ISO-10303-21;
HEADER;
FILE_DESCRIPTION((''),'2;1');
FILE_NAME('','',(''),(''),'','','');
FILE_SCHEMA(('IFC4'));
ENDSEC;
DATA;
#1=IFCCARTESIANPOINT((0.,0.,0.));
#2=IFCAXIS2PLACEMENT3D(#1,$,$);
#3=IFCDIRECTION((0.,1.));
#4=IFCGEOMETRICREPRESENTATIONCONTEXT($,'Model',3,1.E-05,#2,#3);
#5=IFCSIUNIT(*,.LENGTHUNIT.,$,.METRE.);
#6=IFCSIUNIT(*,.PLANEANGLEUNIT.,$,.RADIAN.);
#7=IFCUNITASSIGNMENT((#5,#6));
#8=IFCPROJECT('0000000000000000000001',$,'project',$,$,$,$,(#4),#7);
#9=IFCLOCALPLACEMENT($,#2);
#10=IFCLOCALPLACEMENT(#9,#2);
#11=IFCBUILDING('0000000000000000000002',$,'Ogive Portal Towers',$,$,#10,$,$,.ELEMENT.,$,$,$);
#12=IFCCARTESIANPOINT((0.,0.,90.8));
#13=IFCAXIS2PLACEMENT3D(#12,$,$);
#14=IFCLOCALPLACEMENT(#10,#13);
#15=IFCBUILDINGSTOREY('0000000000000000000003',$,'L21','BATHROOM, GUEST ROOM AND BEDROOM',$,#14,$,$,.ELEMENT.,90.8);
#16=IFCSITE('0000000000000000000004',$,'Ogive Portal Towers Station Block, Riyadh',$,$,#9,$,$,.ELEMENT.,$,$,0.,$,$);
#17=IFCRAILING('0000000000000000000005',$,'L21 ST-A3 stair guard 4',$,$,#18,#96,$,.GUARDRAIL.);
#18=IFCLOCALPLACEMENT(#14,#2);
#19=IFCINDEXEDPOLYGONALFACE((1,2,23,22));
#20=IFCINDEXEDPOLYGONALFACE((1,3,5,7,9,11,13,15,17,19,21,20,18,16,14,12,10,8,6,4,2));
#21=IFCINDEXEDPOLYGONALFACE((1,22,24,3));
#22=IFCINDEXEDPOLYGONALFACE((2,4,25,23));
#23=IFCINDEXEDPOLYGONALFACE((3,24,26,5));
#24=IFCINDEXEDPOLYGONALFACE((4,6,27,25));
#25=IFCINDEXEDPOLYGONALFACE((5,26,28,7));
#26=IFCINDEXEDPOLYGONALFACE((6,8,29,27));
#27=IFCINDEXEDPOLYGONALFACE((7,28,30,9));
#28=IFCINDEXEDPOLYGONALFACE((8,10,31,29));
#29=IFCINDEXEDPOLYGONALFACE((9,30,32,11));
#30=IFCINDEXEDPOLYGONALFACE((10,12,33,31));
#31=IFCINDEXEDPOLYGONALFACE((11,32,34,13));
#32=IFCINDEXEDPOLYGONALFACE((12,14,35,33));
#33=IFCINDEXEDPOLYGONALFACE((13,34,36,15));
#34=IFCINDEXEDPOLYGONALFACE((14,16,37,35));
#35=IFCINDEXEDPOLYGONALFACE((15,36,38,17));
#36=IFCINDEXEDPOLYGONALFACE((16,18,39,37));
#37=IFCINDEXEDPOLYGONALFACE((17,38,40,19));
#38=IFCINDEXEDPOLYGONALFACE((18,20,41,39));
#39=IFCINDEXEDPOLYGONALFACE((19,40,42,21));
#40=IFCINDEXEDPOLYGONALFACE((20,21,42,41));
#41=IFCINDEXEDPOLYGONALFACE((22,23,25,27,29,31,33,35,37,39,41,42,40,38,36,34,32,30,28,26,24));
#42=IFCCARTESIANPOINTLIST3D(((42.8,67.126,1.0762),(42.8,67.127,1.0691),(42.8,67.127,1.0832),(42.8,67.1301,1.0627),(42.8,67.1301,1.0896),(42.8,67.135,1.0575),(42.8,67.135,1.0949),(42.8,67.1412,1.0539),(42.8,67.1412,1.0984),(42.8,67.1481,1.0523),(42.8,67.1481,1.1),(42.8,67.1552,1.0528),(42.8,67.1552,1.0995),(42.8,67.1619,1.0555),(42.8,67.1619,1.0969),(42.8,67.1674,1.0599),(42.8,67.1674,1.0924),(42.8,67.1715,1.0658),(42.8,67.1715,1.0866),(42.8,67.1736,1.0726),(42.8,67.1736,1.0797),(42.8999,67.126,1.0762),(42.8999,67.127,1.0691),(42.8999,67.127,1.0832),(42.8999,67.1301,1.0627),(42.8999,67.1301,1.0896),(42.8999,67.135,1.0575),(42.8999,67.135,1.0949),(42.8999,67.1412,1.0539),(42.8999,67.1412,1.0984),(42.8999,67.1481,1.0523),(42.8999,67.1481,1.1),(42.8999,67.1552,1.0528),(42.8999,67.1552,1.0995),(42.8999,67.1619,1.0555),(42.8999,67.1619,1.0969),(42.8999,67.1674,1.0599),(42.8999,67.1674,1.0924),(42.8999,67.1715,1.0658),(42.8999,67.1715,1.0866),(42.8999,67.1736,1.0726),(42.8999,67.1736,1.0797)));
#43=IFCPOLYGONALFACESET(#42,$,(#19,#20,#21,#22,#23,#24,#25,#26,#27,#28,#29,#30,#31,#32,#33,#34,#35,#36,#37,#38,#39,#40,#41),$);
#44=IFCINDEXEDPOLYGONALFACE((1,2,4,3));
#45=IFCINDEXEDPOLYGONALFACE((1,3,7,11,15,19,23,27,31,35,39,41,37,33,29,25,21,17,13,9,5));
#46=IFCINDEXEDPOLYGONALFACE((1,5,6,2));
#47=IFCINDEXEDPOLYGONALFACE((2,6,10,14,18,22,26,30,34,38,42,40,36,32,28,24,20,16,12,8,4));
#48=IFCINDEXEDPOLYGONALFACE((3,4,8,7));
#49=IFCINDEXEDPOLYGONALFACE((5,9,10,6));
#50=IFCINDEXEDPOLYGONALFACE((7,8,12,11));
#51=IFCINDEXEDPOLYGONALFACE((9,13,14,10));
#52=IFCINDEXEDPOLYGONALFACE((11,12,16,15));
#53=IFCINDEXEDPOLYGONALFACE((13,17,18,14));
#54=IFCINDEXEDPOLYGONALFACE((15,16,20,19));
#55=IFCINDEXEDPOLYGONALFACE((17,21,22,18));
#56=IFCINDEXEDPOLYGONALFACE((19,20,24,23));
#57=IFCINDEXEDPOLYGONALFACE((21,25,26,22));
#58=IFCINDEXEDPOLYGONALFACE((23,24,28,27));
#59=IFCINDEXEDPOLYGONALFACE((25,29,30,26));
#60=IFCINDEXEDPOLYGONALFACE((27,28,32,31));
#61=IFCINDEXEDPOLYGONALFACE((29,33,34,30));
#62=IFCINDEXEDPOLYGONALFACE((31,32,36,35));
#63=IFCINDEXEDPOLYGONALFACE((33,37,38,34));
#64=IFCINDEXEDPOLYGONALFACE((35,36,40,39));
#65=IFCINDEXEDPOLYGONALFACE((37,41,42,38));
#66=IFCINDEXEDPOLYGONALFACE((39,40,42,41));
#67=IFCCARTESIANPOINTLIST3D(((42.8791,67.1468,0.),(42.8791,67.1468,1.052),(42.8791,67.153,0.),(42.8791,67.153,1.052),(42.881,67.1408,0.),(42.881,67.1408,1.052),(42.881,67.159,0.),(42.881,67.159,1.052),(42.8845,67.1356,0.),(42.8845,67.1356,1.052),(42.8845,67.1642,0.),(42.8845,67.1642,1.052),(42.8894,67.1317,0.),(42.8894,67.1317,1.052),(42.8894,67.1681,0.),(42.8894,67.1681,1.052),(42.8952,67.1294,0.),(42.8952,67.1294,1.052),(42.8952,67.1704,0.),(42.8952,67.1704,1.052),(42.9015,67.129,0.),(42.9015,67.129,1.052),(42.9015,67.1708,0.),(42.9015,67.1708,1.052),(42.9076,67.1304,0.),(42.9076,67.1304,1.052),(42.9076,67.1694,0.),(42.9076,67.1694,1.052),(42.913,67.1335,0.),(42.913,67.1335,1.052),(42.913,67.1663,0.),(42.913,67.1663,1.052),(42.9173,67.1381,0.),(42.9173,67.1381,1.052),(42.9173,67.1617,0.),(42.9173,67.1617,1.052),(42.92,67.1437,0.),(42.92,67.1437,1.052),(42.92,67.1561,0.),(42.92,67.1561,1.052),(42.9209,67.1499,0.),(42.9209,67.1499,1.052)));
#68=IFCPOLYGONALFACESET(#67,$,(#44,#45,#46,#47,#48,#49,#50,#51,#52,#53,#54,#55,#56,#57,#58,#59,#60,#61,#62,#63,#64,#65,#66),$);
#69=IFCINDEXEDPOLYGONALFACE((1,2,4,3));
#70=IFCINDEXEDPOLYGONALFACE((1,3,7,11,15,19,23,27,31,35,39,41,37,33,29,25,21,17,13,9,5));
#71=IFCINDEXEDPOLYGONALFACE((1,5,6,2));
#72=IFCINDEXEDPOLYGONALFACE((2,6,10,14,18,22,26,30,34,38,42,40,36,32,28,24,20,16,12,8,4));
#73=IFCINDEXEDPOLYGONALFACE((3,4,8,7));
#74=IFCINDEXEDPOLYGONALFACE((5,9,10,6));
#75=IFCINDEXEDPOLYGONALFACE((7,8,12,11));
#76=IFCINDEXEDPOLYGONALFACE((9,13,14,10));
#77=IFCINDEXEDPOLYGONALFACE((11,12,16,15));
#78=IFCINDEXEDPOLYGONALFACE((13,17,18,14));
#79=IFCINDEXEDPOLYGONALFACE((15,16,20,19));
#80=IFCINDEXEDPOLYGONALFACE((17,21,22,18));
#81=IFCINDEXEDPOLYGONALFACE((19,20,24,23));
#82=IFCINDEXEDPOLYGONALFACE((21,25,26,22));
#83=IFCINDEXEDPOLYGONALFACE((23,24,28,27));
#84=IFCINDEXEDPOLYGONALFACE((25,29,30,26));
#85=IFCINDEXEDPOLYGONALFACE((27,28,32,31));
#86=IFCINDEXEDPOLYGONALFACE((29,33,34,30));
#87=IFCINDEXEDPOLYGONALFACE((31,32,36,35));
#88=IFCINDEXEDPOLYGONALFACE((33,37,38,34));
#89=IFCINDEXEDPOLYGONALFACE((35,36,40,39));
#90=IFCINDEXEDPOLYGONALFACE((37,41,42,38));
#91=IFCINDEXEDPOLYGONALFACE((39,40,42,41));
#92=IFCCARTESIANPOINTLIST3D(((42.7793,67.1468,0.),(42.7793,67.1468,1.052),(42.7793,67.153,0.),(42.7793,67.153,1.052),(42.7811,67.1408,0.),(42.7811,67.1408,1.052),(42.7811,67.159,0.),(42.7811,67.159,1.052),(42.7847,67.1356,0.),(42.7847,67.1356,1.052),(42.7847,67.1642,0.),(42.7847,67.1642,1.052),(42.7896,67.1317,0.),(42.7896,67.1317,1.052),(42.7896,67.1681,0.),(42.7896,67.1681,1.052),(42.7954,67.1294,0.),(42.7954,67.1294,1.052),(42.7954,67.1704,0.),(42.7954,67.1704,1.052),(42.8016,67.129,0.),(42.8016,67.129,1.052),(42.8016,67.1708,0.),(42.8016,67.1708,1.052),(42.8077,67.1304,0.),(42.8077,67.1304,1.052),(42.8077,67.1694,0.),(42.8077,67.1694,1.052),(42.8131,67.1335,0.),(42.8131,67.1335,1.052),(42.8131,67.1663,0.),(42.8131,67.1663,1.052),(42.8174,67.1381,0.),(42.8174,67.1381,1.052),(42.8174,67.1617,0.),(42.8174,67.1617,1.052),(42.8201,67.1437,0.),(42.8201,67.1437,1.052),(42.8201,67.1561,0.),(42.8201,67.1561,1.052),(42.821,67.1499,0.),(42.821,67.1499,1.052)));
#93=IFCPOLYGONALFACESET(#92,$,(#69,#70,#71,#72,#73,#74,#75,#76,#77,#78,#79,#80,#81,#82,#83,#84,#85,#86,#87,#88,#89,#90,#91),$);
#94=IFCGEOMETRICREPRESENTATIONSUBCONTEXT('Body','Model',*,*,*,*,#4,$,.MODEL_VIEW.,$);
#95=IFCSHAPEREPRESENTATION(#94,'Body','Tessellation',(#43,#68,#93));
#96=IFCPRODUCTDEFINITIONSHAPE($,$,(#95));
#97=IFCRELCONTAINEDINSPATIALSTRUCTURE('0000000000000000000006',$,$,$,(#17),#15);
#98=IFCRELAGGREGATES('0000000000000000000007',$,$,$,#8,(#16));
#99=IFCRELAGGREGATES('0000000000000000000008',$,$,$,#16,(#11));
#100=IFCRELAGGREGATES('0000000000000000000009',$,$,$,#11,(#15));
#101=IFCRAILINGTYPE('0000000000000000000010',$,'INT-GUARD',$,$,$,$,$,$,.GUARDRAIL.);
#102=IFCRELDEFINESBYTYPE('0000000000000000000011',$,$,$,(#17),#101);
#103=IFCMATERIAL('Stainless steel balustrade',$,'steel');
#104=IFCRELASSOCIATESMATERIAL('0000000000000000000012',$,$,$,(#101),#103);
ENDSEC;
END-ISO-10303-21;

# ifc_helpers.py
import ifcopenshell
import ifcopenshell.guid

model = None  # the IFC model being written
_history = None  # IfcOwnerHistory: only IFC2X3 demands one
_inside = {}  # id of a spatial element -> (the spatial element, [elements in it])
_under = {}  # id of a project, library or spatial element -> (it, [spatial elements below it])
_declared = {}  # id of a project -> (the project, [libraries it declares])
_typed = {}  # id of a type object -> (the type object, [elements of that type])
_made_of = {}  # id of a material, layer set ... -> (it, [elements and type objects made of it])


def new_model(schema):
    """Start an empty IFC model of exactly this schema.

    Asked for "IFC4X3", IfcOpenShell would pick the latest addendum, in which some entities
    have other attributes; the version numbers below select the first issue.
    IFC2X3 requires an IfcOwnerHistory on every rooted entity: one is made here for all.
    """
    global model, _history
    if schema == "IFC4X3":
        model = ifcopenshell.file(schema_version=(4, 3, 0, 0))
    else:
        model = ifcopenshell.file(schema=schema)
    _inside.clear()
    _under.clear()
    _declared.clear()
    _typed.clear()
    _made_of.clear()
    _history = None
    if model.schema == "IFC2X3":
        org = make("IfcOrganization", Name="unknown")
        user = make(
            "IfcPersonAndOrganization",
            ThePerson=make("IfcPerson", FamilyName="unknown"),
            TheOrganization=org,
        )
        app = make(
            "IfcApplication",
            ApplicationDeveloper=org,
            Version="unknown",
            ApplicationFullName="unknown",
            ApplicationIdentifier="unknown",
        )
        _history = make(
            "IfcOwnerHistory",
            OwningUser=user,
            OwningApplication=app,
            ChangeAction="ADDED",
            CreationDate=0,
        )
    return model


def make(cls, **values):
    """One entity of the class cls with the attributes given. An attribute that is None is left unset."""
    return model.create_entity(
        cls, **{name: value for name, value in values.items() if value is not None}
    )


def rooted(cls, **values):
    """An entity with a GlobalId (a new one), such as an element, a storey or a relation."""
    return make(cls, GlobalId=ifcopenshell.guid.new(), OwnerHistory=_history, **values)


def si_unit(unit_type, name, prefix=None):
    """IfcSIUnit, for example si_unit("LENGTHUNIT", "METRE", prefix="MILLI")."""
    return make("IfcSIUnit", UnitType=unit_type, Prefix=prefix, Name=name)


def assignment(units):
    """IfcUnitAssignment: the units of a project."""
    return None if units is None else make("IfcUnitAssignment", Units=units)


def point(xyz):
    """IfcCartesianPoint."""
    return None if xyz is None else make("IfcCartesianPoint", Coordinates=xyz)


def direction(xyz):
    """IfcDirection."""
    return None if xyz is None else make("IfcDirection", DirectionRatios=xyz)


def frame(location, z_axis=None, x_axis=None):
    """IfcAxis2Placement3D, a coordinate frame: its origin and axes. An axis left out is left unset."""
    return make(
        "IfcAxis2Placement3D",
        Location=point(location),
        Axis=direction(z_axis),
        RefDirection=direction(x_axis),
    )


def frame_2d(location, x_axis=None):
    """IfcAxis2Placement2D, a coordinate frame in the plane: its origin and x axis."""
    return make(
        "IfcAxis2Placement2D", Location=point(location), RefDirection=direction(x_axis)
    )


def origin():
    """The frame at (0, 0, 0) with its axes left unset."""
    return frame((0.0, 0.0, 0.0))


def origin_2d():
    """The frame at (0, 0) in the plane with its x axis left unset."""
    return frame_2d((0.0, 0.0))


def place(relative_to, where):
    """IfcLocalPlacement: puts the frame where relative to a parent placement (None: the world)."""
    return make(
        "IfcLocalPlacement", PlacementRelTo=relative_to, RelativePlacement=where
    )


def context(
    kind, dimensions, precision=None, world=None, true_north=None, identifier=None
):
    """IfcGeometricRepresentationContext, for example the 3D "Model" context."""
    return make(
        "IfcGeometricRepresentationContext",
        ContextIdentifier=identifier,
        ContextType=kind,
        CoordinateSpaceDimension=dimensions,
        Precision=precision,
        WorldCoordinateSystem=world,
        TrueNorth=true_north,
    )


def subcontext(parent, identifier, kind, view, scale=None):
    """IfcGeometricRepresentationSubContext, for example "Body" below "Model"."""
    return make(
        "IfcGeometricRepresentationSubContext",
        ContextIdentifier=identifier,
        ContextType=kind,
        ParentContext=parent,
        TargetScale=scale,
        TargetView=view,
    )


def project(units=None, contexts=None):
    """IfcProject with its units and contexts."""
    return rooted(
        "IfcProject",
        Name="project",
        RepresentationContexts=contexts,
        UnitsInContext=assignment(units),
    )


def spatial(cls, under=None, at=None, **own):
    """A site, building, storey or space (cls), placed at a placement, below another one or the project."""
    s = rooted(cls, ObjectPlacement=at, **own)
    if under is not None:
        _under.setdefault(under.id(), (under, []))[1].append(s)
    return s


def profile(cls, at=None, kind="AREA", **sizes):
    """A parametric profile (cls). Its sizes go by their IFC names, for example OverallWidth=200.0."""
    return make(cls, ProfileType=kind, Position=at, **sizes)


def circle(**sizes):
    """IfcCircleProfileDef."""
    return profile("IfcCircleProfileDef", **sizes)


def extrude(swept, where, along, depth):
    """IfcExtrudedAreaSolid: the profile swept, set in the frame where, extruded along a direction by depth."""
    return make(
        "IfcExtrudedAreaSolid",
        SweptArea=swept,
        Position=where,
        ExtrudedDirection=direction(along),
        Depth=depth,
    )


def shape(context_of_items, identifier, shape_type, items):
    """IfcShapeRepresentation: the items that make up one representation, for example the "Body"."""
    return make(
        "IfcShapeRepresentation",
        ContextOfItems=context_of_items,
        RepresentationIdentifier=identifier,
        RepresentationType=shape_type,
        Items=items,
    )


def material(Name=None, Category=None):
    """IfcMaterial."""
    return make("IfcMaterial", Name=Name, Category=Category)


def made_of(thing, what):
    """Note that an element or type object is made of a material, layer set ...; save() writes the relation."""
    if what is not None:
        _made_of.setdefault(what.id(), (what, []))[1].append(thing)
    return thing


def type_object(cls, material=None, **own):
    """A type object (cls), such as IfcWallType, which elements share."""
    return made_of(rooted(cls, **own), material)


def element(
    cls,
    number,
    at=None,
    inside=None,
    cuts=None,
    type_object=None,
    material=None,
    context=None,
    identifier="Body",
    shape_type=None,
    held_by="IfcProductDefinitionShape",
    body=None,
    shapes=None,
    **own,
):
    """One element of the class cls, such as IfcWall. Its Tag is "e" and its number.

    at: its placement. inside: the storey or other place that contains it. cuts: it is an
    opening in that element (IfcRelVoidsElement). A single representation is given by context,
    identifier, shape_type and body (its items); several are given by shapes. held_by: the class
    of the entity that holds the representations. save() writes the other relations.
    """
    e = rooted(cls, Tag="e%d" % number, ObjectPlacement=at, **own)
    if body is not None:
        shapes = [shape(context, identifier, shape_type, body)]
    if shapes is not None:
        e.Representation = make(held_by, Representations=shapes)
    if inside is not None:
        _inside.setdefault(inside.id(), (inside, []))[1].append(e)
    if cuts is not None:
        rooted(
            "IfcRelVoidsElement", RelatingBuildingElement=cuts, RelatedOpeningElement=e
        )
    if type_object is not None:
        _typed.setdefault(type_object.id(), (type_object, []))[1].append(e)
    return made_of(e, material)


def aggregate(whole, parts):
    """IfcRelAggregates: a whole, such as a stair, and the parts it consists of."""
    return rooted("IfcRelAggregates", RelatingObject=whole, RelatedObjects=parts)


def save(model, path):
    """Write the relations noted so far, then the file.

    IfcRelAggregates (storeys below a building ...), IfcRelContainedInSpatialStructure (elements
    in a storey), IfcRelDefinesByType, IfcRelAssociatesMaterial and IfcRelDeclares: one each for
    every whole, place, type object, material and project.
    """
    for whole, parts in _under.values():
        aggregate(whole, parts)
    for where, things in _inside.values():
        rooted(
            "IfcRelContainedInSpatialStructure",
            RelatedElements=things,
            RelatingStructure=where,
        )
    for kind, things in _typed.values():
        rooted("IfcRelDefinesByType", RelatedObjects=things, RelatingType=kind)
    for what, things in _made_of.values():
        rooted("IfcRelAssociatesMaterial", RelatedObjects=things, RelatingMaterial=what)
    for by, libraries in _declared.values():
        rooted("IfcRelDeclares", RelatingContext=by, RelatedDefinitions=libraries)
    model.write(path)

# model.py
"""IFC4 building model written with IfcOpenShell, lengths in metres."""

from ifc_helpers import new_model, si_unit, direction, frame, origin, origin_2d, place, context, subcontext, project, spatial, circle, extrude, material, type_object, element, save


model = new_model("IFC4")

# Units and contexts
model_context = context("Model", 3, precision=1e-05, world=origin(), true_north=direction((0.0, 1.0)))
body_context = subcontext(model_context, "Body", "Model", "MODEL_VIEW")
ifc_project = project(units=[si_unit("LENGTHUNIT", "METRE"), si_unit("PLANEANGLEUNIT", "RADIAN")], contexts=[model_context])

# Site, building, storey
site_placement = place(None, origin())
site = spatial("IfcSite", under=ifc_project, at=site_placement, Name="Ogive Portal Towers Station Block, Riyadh", CompositionType="ELEMENT", RefElevation=0.0)
building_placement = place(site_placement, origin())
building = spatial("IfcBuilding", under=site, at=building_placement, Name="Ogive Portal Towers", CompositionType="ELEMENT")
storey_placement = place(building_placement, frame((0.0, 0.0, 90.8)))
storey = spatial("IfcBuildingStorey", under=building, at=storey_placement, Name="L21", Description="BATHROOM, GUEST ROOM AND BEDROOM", CompositionType="ELEMENT", Elevation=90.8)

# Railing
ifc_material_1 = material(Name="Stainless steel balustrade", Category="steel")
railing_type_1 = type_object("IfcRailingType", Name="INT-GUARD", PredefinedType="GUARDRAIL", material=ifc_material_1)
railing_1_placement = place(storey_placement, frame((42.8999, 67.1499, 0.0)))
element("IfcRailing", 1, at=railing_1_placement, inside=storey, type_object=railing_type_1, Name="L21 ST-A3 stair guard 4", PredefinedType="GUARDRAIL", context=body_context, shape_type="SweptSolid", body=[
    extrude(circle(Radius=0.0239, at=origin_2d()), frame((0.0, 0.0, 1.0762), z_axis=(-1.0, 0.0, 0.0), x_axis=(0.0, -1.0, 0.0)), (0.0, 0.0, 1.0), 0.0999),
    extrude(circle(Radius=0.021, at=origin_2d()), origin(), (0.0, 0.0, 1.0), 1.052),
    extrude(circle(Radius=0.021, at=origin_2d()), frame((-0.0999, 0.0, 0.0)), (0.0, 0.0, 1.0), 1.052),
])

save(model, "model.ifc")
